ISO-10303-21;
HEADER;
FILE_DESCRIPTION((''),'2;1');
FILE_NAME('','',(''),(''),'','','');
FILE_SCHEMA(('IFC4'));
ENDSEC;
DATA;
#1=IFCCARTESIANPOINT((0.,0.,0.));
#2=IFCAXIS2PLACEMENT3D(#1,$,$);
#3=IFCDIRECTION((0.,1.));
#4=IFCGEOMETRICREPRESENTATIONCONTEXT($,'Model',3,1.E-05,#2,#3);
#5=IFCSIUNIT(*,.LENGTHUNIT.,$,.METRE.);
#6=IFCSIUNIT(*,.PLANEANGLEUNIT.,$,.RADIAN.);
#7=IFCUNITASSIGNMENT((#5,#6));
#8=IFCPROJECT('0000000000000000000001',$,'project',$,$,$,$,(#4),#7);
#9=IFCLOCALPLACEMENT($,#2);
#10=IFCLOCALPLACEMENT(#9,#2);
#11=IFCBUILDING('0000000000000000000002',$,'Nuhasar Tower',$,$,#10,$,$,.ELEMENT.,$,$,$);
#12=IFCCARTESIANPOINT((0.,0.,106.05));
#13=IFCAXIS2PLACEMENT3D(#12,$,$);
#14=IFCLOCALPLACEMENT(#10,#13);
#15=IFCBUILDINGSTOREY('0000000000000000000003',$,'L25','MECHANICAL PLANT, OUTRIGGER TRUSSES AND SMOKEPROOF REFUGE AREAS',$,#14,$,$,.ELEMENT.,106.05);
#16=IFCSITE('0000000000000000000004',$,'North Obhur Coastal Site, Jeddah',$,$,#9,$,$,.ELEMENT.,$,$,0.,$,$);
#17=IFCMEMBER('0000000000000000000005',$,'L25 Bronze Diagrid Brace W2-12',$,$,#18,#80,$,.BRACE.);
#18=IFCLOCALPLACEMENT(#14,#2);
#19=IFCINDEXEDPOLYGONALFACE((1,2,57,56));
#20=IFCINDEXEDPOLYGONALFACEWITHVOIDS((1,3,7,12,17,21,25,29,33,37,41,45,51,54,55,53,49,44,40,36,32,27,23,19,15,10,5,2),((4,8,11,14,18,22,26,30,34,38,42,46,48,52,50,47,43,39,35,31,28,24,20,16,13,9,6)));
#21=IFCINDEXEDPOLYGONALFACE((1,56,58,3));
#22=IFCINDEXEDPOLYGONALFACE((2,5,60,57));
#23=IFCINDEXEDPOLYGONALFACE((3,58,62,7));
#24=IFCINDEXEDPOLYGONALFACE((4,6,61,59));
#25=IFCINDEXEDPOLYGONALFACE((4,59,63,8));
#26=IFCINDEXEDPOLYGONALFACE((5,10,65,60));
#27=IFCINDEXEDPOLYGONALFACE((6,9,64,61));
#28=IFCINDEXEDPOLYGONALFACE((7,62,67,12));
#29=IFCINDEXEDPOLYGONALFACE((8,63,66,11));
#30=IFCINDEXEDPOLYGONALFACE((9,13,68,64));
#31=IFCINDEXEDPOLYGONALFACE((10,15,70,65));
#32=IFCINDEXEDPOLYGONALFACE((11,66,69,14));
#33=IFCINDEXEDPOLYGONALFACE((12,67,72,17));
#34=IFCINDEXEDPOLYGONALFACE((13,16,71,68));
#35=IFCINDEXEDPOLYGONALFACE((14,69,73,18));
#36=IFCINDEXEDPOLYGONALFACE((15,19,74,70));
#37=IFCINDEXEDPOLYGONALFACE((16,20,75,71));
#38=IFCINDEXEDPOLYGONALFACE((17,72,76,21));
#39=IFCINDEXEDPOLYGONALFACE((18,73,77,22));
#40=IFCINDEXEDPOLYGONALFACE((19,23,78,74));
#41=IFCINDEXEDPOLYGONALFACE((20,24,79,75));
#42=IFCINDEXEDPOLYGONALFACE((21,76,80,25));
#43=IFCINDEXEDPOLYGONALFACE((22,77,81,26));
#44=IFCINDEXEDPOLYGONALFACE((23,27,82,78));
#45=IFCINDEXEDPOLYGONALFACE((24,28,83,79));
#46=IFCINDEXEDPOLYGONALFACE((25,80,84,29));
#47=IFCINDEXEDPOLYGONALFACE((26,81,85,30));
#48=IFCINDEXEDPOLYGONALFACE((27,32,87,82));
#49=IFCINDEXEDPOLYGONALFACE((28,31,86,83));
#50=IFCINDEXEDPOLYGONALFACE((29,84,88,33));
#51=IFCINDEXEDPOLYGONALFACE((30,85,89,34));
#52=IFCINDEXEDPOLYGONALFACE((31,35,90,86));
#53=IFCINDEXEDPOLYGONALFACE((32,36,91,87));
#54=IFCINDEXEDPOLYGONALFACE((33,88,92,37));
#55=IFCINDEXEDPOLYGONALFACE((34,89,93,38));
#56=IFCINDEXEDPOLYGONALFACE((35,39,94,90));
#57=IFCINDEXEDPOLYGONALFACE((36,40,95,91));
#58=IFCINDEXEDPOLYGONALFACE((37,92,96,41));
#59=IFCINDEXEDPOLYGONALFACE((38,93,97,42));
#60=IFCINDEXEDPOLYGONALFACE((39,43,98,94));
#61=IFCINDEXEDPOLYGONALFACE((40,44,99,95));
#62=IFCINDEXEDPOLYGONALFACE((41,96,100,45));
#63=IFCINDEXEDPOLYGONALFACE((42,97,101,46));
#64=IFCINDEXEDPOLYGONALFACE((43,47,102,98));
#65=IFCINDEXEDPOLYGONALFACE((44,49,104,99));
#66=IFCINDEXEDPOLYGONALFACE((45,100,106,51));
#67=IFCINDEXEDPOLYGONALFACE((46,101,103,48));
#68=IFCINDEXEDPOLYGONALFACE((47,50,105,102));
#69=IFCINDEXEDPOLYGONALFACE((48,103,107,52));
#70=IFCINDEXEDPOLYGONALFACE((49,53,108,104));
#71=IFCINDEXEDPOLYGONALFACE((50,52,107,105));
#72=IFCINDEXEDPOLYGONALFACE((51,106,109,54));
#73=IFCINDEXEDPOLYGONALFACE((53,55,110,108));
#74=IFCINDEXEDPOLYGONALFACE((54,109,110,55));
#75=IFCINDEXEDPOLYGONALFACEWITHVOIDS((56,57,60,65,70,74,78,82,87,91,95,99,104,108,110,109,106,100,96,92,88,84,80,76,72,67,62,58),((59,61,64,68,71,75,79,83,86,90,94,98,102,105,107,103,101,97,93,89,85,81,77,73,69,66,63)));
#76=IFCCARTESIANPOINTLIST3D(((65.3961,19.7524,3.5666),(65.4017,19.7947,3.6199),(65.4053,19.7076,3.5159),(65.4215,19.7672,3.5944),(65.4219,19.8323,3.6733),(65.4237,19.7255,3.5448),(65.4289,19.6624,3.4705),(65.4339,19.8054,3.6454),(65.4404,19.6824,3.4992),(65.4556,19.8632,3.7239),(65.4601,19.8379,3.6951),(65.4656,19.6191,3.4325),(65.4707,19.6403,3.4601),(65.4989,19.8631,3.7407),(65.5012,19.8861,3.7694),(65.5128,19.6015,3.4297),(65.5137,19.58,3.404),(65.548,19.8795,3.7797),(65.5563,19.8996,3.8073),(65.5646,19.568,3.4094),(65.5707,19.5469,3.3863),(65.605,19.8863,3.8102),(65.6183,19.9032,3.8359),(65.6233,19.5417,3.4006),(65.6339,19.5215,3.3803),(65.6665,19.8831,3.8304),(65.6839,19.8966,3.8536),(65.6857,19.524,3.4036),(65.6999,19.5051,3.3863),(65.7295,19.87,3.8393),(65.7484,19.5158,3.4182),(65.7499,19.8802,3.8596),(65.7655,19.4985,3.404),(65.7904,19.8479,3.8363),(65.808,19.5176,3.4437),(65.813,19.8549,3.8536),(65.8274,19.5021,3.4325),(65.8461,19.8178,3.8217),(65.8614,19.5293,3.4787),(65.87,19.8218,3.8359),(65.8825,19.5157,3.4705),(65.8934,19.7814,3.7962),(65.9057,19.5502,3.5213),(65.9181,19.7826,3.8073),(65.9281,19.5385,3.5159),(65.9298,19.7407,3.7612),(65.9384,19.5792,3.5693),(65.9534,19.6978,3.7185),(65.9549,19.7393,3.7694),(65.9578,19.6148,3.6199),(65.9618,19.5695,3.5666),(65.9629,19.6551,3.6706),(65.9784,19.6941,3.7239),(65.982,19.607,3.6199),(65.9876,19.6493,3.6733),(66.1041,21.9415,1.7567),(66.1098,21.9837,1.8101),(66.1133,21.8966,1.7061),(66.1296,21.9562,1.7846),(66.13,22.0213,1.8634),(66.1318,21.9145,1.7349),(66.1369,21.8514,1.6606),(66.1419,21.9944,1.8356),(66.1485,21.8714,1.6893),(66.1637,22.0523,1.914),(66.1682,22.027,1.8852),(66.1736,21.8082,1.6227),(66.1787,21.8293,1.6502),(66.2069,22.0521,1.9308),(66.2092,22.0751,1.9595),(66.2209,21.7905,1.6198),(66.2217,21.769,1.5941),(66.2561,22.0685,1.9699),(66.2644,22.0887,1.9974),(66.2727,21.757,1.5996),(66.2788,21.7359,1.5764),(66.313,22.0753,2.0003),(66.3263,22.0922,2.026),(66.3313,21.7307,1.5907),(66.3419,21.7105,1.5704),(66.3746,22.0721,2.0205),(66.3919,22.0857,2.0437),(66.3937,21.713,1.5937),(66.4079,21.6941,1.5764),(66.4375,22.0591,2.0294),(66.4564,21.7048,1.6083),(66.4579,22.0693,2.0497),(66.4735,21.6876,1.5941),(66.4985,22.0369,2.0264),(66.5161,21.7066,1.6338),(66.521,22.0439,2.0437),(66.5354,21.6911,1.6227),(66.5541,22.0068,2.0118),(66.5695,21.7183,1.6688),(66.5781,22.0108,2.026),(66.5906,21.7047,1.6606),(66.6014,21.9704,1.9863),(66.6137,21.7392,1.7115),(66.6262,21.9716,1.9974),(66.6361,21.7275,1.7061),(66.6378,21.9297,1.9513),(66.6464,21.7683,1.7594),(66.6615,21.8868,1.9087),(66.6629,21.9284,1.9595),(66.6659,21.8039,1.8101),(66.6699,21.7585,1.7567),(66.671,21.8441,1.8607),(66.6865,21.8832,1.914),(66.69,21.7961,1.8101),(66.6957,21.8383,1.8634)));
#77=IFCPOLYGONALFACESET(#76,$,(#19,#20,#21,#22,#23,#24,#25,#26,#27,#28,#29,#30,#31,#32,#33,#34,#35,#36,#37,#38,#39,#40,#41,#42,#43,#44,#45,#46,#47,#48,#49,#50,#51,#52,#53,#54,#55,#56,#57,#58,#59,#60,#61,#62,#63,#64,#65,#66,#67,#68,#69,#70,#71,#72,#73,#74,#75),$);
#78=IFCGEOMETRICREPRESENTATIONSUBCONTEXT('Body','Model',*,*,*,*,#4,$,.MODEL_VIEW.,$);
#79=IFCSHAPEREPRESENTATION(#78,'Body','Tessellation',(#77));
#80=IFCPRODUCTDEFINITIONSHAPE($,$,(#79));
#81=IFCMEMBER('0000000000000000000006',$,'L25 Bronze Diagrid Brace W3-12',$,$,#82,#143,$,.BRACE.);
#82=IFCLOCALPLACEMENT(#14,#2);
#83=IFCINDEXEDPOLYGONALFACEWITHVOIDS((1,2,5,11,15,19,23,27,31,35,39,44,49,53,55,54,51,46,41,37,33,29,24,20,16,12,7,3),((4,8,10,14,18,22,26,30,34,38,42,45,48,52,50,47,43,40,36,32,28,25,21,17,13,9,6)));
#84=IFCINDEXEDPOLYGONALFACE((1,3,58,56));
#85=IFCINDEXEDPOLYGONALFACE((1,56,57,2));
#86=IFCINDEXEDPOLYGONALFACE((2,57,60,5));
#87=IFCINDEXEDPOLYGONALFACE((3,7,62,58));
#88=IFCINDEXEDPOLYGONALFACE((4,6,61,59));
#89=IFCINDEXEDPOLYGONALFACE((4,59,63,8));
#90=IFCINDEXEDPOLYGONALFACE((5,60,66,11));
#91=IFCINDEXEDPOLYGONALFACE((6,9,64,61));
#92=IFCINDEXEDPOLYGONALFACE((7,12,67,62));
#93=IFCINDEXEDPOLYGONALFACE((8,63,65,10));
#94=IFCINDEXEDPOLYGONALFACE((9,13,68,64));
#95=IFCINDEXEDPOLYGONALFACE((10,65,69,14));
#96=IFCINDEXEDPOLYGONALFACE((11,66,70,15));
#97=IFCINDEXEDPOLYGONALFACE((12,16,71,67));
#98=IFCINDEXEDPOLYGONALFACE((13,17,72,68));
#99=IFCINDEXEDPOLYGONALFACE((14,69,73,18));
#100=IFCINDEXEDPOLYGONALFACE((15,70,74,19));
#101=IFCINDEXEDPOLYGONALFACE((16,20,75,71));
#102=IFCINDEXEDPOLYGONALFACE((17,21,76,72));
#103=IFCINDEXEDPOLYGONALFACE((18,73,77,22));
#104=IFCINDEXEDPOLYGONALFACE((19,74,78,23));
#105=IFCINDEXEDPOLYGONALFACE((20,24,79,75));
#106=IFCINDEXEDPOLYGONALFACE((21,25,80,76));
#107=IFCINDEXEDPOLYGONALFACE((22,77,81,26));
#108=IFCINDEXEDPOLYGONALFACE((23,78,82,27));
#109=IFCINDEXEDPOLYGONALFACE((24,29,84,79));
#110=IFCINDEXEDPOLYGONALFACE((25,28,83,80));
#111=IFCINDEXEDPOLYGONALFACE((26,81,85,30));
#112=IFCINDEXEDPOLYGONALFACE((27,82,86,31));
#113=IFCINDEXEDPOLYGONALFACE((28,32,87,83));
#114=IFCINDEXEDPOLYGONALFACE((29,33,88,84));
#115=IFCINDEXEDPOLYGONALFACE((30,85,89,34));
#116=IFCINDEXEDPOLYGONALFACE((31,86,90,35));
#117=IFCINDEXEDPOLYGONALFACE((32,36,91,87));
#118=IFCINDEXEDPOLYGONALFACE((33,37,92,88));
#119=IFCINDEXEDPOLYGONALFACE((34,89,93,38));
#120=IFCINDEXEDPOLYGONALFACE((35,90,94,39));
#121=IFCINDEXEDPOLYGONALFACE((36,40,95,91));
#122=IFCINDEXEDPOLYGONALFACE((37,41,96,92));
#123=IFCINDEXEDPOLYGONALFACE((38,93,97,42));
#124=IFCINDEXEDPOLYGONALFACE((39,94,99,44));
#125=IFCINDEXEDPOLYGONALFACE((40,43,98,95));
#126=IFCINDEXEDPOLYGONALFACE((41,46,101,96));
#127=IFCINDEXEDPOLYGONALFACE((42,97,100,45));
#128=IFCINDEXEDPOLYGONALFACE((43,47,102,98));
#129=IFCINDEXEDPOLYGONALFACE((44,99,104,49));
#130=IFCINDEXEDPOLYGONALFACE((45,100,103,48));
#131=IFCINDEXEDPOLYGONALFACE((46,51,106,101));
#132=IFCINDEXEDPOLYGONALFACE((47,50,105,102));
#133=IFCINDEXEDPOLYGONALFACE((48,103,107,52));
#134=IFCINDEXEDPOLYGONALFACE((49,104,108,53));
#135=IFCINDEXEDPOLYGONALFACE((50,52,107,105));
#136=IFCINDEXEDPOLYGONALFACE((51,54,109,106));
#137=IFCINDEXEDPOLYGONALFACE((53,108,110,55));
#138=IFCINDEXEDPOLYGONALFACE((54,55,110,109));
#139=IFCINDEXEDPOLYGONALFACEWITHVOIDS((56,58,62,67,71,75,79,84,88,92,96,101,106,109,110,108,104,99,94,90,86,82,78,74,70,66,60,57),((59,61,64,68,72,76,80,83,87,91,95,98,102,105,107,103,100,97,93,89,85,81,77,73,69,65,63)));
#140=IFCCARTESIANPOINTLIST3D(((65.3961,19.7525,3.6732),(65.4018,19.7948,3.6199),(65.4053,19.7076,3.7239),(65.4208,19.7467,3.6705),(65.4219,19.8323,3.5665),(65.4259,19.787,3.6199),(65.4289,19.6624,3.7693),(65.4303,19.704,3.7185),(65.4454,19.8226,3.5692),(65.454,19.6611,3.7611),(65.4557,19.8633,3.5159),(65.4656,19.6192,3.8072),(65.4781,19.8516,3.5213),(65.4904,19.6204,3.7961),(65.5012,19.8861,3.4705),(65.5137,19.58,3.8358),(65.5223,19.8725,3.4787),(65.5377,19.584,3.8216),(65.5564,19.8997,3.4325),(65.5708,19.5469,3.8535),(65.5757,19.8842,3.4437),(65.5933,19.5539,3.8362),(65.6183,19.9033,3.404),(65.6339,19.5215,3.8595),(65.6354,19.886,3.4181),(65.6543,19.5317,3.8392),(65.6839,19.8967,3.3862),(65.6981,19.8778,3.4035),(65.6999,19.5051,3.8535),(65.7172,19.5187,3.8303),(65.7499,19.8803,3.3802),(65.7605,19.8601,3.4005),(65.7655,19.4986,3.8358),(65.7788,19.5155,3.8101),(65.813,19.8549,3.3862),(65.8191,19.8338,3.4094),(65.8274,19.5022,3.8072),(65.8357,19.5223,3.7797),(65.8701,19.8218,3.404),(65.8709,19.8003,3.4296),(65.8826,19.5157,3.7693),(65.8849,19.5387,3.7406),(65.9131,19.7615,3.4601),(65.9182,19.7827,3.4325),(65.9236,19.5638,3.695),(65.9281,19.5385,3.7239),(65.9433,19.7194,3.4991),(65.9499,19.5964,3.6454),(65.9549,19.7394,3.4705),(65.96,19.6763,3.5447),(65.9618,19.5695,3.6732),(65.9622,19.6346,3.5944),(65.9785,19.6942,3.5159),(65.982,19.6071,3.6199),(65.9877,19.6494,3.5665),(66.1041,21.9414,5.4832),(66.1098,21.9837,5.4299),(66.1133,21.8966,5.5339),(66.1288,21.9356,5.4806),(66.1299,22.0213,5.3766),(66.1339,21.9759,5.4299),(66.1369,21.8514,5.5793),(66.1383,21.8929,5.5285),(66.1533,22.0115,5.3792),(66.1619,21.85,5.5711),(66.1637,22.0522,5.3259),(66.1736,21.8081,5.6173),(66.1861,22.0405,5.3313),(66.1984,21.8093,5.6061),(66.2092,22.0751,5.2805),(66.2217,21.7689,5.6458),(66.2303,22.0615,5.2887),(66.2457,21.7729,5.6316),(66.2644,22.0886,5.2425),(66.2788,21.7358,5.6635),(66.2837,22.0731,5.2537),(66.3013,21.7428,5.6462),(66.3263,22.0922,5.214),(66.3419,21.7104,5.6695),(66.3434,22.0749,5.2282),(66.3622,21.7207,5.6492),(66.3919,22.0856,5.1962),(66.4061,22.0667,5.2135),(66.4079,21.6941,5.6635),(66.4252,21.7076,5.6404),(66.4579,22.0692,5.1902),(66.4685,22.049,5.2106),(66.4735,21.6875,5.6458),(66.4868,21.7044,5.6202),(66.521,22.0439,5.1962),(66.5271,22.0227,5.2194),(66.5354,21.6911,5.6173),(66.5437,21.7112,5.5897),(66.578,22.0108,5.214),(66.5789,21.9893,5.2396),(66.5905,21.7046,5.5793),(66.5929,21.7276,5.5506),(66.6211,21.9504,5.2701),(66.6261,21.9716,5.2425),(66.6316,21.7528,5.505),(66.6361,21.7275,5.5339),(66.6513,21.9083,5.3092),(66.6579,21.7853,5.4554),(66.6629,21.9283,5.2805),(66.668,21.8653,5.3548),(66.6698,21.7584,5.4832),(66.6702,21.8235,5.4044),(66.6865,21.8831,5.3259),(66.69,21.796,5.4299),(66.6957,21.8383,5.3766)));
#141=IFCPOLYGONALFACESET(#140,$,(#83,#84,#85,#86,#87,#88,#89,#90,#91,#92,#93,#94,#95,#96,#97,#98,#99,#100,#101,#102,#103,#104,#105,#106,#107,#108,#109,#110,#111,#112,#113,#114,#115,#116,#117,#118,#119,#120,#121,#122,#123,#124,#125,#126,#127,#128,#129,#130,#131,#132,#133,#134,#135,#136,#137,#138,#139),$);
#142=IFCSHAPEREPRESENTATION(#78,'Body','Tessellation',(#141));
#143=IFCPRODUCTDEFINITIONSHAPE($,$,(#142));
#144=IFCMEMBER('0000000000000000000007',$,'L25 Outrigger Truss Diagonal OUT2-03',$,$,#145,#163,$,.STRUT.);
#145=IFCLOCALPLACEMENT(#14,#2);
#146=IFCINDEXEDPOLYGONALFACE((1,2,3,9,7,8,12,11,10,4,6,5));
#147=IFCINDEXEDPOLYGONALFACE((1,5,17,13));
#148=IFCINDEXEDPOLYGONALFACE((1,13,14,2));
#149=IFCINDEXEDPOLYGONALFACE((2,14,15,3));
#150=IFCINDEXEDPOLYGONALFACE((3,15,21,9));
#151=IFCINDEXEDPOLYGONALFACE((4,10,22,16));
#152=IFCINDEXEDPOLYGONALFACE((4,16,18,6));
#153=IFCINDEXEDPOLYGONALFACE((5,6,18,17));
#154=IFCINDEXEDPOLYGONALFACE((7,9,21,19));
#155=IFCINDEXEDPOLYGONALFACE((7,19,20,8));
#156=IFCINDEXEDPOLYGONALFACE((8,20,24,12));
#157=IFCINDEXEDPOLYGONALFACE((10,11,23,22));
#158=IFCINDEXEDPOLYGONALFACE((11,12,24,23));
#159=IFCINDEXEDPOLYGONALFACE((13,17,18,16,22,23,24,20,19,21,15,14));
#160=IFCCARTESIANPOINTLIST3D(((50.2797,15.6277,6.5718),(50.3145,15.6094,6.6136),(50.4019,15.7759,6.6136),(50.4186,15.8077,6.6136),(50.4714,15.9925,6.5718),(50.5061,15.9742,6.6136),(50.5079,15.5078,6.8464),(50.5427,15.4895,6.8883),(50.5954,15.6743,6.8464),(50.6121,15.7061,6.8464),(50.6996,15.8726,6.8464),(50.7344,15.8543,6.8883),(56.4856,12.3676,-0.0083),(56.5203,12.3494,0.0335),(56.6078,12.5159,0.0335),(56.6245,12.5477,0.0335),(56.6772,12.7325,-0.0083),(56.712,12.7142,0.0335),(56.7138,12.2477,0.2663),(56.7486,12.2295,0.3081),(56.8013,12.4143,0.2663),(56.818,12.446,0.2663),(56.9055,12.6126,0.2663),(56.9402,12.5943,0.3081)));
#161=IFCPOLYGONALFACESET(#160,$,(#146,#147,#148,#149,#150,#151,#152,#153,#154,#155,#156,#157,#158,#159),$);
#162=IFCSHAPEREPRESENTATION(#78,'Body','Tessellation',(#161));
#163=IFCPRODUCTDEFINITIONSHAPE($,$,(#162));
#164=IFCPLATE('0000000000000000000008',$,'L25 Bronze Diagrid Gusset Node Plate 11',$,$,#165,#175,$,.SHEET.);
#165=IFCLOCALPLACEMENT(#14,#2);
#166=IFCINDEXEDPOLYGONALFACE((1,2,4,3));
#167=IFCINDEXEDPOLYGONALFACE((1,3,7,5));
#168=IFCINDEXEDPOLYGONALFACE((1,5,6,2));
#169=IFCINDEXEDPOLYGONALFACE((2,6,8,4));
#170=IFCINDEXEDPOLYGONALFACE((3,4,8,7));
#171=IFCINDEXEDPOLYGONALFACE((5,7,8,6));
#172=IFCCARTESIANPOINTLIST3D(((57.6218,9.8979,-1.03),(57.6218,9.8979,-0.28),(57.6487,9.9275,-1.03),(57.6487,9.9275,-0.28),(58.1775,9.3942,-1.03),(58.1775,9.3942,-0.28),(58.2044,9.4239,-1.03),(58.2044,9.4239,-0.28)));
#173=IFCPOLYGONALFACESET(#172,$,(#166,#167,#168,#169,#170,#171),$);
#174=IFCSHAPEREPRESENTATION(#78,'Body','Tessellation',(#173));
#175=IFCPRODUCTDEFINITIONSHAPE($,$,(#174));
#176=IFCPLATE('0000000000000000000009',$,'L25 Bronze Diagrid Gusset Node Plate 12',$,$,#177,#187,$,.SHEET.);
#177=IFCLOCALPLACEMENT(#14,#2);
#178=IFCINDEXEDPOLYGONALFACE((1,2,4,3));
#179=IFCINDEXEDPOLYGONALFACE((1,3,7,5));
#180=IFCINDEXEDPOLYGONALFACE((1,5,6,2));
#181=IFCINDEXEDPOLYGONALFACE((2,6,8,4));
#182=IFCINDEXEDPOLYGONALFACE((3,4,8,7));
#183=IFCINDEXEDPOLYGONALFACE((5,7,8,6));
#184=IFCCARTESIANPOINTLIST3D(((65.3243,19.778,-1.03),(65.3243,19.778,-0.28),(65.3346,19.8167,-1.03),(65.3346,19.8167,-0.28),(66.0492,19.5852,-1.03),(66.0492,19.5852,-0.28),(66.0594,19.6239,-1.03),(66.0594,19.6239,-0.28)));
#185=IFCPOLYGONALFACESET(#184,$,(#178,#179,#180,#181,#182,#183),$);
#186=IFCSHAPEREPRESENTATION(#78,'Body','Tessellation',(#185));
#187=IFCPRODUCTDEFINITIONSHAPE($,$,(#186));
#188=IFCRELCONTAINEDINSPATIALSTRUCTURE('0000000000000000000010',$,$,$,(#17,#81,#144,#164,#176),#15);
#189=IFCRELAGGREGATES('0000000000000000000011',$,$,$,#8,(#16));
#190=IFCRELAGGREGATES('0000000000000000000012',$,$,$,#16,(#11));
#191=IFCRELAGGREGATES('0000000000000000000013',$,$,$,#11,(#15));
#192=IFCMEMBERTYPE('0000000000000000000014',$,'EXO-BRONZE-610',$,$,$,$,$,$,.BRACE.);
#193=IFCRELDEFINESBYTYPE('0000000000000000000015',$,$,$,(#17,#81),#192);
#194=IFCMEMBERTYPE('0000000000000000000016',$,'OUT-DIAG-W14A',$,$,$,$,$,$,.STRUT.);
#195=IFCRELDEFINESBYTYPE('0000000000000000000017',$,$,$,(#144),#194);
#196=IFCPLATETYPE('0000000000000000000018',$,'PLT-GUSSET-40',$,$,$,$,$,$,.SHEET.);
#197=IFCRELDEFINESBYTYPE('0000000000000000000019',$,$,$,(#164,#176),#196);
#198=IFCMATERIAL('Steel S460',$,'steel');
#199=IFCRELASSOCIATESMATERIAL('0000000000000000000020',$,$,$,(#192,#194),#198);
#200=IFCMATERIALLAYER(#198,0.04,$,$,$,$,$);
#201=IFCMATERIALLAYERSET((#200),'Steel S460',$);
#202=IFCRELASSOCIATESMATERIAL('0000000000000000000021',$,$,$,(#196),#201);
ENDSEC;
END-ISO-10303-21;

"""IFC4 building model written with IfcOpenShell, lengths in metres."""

from ifc_helpers import new_model, si_unit, direction, frame, origin, origin_2d, place, context, subcontext, project, spatial, rectangle, hollow_circle, i_section, extrude, material, layer, layer_set, material_profile, profile_set, type_object, element, save


model = new_model("IFC4")

# Units and contexts
model_context = context("Model", 3, precision=1e-05, world=origin(), true_north=direction((0.0, 1.0)))
body_context = subcontext(model_context, "Body", "Model", "MODEL_VIEW")
ifc_project = project(units=[si_unit("LENGTHUNIT", "METRE"), si_unit("PLANEANGLEUNIT", "RADIAN")], contexts=[model_context])

# Site, building, storey
site_placement = place(None, origin())
site = spatial("IfcSite", under=ifc_project, at=site_placement, Name="North Obhur Coastal Site, Jeddah", CompositionType="ELEMENT", RefElevation=0.0)
building_placement = place(site_placement, origin())
building = spatial("IfcBuilding", under=site, at=building_placement, Name="Nuhasar Tower", CompositionType="ELEMENT")
storey_placement = place(building_placement, frame((0.0, 0.0, 106.05)))
storey = spatial("IfcBuildingStorey", under=building, at=storey_placement, Name="L25", Description="MECHANICAL PLANT, OUTRIGGER TRUSSES AND SMOKEPROOF REFUGE AREAS", CompositionType="ELEMENT", Elevation=106.05)

# Shared definitions
ifc_material_1 = material(Name="Steel S460", Category="steel")

# Members
ifc_material_profile_1 = material_profile(ifc_material_1, hollow_circle(Radius=0.3049, WallThickness=0.0254, at=origin_2d()), Name="HSS610X25.4")
ifc_profile_set_1 = profile_set([ifc_material_profile_1], Name="Steel S460")
member_type_1 = type_object("IfcMemberType", Name="EXO-BRONZE-610", PredefinedType="BRACE", material=ifc_profile_set_1)
for number, where, z_axis, x_axis, name in (
    (1, (66.3999, 21.8899, 1.8101), (-0.241875, -0.747812, 0.618283), (0.951468, -0.307747, 0.0), "L25 Bronze Diagrid Brace W2-12"),
    (2, (65.6919, 19.7009, 3.6199), (0.241863, 0.747773, 0.618335), (-0.951468, 0.307747, 0.0), "L25 Bronze Diagrid Brace W3-12"),
):
    element("IfcMember", number, at=place(storey_placement, frame(where, z_axis=z_axis, x_axis=x_axis)), inside=storey, type_object=member_type_1, Name=name, PredefinedType="BRACE", context=body_context, shape_type="SweptSolid", body=[
        extrude(hollow_circle(Radius=0.3049, WallThickness=0.0254, at=origin_2d()), origin(), (0.0, 0.0, 1.0), 2.9272),
    ])
ifc_material_profile_2 = material_profile(ifc_material_1, i_section(OverallWidth=0.4121, OverallDepth=0.4341, WebThickness=0.0359, FlangeThickness=0.0574, at=origin_2d()), Name="W14X311")
ifc_profile_set_2 = profile_set([ifc_material_profile_2], Name="Steel S460")
member_type_2 = type_object("IfcMemberType", Name="OUT-DIAG-W14A", PredefinedType="STRUT", material=ifc_profile_set_2)
member_1_placement = place(storey_placement, frame((56.7129, 12.481, 0.1499), z_axis=(-0.645469, 0.339075, 0.684396), x_axis=(-0.465053, -0.885283, 0.0)))
element("IfcMember", 3, at=member_1_placement, inside=storey, type_object=member_type_2, Name="L25 Outrigger Truss Diagonal OUT2-03", PredefinedType="STRUT", context=body_context, shape_type="SweptSolid", body=[
    extrude(i_section(OverallWidth=0.4121, OverallDepth=0.4341, WebThickness=0.0359, FlangeThickness=0.0574, at=origin_2d()), origin(), (0.0, 0.0, 1.0), 9.6145),
])

# Plates
ifc_layer = layer(ifc_material_1, 0.04)
ifc_layer_set = layer_set([ifc_layer], Name="Steel S460")
plate_type = type_object("IfcPlateType", Name="PLT-GUSSET-40", PredefinedType="SHEET", material=ifc_layer_set)
for number, where, z_axis, x_axis, name in (
    (4, (57.9131, 9.6609, -1.03), (0.0, 0.0, 1.0), (0.741004, -0.671501, 0.0), "L25 Bronze Diagrid Gusset Node Plate 11"),
    (5, (65.6919, 19.7009, -1.03), (0.0, 0.0, 1.0), (0.966403, -0.257032, 0.0), "L25 Bronze Diagrid Gusset Node Plate 12"),
):
    element("IfcPlate", number, at=place(storey_placement, frame(where, z_axis=z_axis, x_axis=x_axis)), inside=storey, type_object=plate_type, Name=name, PredefinedType="SHEET", context=body_context, shape_type="SweptSolid", body=[
        extrude(rectangle(XDim=0.75, YDim=0.04, at=origin_2d()), origin(), (0.0, 0.0, 1.0), 0.75),
    ])

save(model, "model.ifc")
